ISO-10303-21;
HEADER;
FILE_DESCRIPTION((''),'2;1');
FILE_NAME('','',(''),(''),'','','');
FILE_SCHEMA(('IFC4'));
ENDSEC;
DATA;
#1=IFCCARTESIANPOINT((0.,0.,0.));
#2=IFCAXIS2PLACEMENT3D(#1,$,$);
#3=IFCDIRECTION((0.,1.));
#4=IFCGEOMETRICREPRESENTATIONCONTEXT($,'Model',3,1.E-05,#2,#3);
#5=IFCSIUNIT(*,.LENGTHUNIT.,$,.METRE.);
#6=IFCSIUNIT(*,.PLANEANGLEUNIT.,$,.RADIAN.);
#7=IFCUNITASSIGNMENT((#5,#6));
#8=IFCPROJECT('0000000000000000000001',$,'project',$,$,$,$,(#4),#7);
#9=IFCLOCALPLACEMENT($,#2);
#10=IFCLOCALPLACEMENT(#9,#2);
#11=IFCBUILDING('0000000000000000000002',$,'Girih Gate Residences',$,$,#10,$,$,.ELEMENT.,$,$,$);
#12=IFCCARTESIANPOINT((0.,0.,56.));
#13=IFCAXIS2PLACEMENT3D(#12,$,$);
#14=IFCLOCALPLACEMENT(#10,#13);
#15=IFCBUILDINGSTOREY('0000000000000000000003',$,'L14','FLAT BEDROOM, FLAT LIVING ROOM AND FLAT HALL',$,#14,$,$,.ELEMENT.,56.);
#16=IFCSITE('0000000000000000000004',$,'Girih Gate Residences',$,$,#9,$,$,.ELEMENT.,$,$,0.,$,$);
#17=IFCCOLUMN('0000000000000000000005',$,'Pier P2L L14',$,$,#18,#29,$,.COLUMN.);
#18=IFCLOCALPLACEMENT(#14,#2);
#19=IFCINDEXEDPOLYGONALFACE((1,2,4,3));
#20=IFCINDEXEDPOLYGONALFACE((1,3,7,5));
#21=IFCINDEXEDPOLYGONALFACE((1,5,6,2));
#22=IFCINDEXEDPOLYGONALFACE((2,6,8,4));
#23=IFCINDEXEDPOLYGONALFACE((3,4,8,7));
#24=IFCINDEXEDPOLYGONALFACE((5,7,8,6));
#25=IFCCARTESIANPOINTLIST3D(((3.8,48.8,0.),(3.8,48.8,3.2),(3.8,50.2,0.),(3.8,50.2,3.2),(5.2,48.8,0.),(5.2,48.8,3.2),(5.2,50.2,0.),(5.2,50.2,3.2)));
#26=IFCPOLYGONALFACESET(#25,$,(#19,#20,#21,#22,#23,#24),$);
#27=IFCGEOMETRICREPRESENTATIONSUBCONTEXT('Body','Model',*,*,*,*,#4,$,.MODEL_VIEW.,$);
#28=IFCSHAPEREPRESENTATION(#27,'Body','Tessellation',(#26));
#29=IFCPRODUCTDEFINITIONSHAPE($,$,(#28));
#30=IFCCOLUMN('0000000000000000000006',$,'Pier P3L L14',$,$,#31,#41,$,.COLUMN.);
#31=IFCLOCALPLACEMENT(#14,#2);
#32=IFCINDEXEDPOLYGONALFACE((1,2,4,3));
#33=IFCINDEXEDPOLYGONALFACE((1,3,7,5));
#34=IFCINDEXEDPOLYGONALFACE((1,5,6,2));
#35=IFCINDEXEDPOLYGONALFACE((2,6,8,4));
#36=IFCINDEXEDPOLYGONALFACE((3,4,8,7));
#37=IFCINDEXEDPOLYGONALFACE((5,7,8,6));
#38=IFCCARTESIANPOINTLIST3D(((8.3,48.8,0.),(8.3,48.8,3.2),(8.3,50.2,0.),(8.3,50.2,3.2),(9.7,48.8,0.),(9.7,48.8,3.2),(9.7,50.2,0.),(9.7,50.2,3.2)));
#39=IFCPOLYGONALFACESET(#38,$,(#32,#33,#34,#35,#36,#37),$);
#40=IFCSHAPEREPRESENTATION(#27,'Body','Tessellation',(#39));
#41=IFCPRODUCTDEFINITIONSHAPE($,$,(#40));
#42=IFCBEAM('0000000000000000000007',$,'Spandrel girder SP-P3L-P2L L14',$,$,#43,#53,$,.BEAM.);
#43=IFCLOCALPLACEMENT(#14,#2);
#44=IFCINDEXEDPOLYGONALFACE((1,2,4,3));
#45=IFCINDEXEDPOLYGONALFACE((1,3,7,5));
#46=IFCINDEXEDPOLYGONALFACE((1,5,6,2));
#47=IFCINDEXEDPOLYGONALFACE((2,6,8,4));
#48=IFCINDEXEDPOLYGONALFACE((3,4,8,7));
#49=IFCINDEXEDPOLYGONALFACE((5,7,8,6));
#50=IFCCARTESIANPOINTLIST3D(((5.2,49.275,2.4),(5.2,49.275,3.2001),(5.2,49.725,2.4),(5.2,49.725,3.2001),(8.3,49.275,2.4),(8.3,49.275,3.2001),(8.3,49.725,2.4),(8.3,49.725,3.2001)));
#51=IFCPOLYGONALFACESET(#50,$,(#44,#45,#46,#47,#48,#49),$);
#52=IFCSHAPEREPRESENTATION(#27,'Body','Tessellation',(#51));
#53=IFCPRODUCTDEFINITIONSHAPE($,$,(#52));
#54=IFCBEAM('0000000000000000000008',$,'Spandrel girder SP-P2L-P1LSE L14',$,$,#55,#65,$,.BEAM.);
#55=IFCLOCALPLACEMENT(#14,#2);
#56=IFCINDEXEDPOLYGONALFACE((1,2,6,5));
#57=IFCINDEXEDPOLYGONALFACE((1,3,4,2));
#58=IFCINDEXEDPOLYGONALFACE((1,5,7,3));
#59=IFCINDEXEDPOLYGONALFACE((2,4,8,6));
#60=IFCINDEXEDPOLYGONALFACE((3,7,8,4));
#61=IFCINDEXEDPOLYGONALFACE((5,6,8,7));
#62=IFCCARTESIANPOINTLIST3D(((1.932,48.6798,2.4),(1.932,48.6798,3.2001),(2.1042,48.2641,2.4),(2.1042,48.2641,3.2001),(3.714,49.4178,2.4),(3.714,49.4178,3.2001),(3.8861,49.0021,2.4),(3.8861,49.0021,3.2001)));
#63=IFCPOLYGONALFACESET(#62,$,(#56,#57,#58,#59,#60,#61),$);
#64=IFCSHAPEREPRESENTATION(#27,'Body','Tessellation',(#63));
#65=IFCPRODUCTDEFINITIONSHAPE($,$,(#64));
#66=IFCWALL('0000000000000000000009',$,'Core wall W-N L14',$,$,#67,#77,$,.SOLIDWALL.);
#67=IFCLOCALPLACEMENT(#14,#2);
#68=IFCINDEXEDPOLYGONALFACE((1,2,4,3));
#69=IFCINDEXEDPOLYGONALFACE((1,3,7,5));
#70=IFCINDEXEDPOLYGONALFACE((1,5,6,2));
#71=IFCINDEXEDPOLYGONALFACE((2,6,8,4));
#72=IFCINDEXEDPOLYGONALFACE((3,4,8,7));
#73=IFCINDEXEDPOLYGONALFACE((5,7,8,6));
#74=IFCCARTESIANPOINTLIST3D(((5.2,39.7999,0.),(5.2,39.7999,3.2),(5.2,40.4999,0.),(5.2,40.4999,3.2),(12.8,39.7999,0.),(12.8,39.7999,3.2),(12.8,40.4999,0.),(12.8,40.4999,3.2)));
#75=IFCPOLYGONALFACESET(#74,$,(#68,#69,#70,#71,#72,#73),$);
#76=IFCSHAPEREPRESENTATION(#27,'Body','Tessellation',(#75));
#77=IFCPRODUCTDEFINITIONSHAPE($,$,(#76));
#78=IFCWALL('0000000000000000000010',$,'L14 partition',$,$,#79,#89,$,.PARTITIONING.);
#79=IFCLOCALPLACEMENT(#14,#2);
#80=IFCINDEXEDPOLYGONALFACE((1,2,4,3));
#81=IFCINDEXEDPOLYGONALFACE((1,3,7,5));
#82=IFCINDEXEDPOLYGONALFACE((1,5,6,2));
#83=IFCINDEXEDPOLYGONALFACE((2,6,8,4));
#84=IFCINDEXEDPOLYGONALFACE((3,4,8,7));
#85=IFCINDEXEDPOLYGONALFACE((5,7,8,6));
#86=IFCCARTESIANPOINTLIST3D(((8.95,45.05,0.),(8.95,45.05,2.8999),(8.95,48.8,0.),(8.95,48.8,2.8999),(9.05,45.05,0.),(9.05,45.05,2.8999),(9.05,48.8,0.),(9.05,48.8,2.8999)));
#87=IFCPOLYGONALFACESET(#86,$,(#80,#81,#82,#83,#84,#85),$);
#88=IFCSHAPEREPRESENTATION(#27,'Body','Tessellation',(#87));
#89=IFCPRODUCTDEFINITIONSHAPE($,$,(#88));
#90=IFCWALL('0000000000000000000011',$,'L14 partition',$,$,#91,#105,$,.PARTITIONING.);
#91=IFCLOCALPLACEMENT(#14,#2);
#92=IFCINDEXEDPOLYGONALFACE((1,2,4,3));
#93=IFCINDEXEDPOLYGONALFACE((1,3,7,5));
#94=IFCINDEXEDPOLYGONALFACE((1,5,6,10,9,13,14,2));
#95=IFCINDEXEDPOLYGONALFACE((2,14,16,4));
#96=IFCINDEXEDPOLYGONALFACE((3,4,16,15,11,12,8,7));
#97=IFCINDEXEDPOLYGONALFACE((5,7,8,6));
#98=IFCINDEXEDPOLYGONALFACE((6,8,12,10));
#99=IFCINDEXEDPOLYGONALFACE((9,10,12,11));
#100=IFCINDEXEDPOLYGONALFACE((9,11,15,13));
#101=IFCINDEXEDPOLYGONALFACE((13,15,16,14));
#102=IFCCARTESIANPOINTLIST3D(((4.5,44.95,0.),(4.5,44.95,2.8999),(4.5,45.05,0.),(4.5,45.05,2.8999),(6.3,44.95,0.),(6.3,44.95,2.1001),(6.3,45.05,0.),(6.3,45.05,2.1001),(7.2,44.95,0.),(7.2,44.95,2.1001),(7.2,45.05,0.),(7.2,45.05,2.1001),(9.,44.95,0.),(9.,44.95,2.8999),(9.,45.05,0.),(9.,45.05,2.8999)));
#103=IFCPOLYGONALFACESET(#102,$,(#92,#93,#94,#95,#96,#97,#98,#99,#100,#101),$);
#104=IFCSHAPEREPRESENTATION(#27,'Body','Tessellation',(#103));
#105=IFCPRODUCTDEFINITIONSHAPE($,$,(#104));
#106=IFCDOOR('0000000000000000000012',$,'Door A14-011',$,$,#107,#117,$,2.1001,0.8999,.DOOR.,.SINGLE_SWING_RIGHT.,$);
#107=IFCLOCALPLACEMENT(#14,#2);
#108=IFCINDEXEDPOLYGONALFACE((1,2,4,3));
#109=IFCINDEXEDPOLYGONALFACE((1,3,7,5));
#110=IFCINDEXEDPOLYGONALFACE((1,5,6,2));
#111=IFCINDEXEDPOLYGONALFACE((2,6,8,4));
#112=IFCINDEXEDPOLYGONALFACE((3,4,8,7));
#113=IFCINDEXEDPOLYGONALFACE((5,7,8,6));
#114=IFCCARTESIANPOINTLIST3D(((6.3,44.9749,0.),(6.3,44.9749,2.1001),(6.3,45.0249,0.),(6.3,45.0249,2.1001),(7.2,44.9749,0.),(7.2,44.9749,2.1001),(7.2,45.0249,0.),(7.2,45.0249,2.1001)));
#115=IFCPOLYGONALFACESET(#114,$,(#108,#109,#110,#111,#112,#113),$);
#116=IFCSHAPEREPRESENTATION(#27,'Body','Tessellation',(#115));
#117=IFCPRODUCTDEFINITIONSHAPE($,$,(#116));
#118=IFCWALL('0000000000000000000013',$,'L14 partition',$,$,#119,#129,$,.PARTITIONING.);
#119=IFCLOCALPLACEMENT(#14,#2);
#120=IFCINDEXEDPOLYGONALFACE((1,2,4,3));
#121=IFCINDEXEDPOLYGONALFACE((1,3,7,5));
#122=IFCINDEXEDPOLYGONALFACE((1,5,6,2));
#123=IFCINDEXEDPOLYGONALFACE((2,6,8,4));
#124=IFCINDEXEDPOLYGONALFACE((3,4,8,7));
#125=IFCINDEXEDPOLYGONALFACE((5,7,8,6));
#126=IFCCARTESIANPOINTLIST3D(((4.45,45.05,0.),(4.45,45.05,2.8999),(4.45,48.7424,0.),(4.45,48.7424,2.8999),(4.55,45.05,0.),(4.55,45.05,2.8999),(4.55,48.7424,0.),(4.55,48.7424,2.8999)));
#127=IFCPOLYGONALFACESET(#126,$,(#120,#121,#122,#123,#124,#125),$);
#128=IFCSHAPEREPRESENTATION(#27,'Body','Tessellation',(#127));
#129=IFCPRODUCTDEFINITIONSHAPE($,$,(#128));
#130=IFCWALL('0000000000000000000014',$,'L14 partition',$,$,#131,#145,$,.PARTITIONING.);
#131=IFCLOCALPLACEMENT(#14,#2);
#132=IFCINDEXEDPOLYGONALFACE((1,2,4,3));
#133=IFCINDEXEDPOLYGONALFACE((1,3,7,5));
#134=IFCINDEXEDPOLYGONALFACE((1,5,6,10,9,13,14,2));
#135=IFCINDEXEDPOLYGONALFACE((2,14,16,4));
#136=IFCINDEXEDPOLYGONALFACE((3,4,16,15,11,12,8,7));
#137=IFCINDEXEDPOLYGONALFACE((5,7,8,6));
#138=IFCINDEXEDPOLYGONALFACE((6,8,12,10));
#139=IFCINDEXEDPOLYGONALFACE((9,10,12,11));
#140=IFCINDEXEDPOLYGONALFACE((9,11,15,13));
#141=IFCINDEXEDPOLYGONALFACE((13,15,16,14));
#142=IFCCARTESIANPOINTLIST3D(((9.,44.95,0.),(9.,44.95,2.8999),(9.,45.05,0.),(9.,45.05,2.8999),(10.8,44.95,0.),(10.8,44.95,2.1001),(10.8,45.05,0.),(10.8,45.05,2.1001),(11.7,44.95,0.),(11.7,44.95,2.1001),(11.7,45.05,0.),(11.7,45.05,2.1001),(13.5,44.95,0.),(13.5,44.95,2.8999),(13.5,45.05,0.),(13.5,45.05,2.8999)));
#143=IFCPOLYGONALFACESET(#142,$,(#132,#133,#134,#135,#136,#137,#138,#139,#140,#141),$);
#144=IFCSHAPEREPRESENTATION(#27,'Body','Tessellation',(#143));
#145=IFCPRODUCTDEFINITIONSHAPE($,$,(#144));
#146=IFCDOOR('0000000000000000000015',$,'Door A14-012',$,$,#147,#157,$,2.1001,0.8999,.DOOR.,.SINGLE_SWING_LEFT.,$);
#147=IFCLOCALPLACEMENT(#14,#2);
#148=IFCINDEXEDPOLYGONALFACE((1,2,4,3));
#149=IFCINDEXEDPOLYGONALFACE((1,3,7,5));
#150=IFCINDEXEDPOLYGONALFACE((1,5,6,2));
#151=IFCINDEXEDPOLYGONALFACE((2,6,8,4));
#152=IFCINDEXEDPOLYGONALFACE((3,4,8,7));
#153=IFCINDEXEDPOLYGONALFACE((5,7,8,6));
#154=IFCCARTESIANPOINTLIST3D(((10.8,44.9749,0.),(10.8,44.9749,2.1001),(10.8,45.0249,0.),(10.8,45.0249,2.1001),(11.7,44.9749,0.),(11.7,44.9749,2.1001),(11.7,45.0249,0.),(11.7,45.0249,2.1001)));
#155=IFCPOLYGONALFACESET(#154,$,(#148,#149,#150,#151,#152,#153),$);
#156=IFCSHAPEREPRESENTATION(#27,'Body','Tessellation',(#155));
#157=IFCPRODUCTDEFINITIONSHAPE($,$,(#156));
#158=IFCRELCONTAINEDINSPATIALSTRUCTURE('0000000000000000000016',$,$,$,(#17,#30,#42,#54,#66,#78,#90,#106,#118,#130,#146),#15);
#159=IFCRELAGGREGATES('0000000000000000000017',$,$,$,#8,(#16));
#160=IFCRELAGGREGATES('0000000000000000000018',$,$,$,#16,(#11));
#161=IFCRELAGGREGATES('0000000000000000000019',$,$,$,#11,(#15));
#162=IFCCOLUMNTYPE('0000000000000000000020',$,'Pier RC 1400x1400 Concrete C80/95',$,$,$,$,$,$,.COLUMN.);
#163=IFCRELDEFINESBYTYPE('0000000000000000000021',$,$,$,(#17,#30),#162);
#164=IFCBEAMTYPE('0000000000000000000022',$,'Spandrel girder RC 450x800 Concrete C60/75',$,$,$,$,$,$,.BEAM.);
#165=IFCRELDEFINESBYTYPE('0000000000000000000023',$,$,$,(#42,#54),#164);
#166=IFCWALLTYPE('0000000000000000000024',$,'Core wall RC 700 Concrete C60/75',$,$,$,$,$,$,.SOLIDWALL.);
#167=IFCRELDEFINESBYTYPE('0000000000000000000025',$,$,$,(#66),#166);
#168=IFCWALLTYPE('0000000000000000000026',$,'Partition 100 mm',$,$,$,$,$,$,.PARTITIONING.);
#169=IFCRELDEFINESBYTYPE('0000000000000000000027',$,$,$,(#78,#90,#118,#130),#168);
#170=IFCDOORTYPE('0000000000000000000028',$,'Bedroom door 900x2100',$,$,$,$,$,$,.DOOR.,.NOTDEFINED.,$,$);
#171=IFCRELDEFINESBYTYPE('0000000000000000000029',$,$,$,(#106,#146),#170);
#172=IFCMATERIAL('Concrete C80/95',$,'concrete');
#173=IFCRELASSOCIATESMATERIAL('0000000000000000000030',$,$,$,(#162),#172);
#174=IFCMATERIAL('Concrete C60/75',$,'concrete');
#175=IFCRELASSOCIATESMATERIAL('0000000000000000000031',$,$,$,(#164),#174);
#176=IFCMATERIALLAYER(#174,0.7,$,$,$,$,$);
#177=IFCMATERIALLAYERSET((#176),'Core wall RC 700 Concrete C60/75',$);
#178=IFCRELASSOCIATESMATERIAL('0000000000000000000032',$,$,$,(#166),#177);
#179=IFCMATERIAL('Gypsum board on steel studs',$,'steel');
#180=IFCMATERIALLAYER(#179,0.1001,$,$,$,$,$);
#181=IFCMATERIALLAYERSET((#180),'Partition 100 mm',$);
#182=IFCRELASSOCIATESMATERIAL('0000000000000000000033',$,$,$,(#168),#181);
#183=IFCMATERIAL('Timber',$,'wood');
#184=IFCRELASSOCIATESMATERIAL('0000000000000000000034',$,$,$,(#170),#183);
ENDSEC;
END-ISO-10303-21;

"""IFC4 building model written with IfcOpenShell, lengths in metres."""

from ifc_helpers import new_model, si_unit, direction, frame, frame_2d, origin, origin_2d, place, context, subcontext, project, spatial, rectangle, extrude, material, layer, layer_set, material_profile, profile_set, type_object, element, fill, save


model = new_model("IFC4")

# Units and contexts
model_context = context("Model", 3, precision=1e-05, world=origin(), true_north=direction((0.0, 1.0)))
body_context = subcontext(model_context, "Body", "Model", "MODEL_VIEW")
ifc_project = project(units=[si_unit("LENGTHUNIT", "METRE"), si_unit("PLANEANGLEUNIT", "RADIAN")], contexts=[model_context])

# Site, building, storey
site_placement = place(None, origin())
site = spatial("IfcSite", under=ifc_project, at=site_placement, Name="Girih Gate Residences", CompositionType="ELEMENT", RefElevation=0.0)
building_placement = place(site_placement, origin())
building = spatial("IfcBuilding", under=site, at=building_placement, Name="Girih Gate Residences", CompositionType="ELEMENT")
storey_placement = place(building_placement, frame((0.0, 0.0, 56.0)))
storey = spatial("IfcBuildingStorey", under=building, at=storey_placement, Name="L14", Description="FLAT BEDROOM, FLAT LIVING ROOM AND FLAT HALL", CompositionType="ELEMENT", Elevation=56.0)

# Columns
ifc_material_1 = material(Name="Concrete C80/95", Category="concrete")
ifc_material_profile_1 = material_profile(ifc_material_1, rectangle(XDim=1.3999, YDim=1.3999, at=origin_2d()))
ifc_profile_set_1 = profile_set([ifc_material_profile_1], Name="Concrete C80/95")
column_type = type_object("IfcColumnType", Name="Pier RC 1400x1400 Concrete C80/95", PredefinedType="COLUMN", material=ifc_profile_set_1)
for number, where, z_axis, x_axis, name in (
    (1, (4.5, 49.5, 0.0), (0.0, 0.0, 1.0), (1.0, 0.0, 0.0), "Pier P2L L14"),
    (2, (9.0, 49.5, 0.0), (0.0, 0.0, 1.0), (1.0, 0.0, 0.0), "Pier P3L L14"),
):
    element("IfcColumn", number, at=place(storey_placement, frame(where, z_axis=z_axis, x_axis=x_axis)), inside=storey, type_object=column_type, Name=name, PredefinedType="COLUMN", context=body_context, shape_type="SweptSolid", body=[
        extrude(rectangle(XDim=1.3999, YDim=1.3999, at=origin_2d()), origin(), (0.0, 0.0, 1.0), 3.2),
    ])

# Beams
ifc_material_2 = material(Name="Concrete C60/75", Category="concrete")
ifc_material_profile_2 = material_profile(ifc_material_2, rectangle(XDim=0.45, YDim=0.8, at=origin_2d()))
ifc_profile_set_2 = profile_set([ifc_material_profile_2], Name="Concrete C60/75")
beam_type = type_object("IfcBeamType", Name="Spandrel girder RC 450x800 Concrete C60/75", PredefinedType="BEAM", material=ifc_profile_set_2)
beam_1_placement = place(storey_placement, frame((8.3, 49.5, 2.8), z_axis=(-1.0, 0.0, 0.0), x_axis=(0.0, -1.0, 0.0)))
element("IfcBeam", 3, at=beam_1_placement, inside=storey, type_object=beam_type, Name="Spandrel girder SP-P3L-P2L L14", PredefinedType="BEAM", context=body_context, shape_type="SweptSolid", body=[
    extrude(rectangle(XDim=0.45, YDim=0.8, at=origin_2d()), origin(), (0.0, 0.0, 1.0), 3.1001),
])
beam_2_placement = place(storey_placement, frame((3.8, 49.21, 2.8), z_axis=(-0.923895, -0.382646, 0.0), x_axis=(0.382646, -0.923895, 0.0)))
element("IfcBeam", 4, at=beam_2_placement, inside=storey, type_object=beam_type, Name="Spandrel girder SP-P2L-P1LSE L14", PredefinedType="BEAM", context=body_context, shape_type="SweptSolid", body=[
    extrude(rectangle(XDim=0.45, YDim=0.8, at=origin_2d()), origin(), (0.0, 0.0, 1.0), 1.9287),
])

# Walls
ifc_layer_1 = layer(ifc_material_2, 0.7)
ifc_layer_set_1 = layer_set([ifc_layer_1], Name="Core wall RC 700 Concrete C60/75")
wall_type_1 = type_object("IfcWallType", Name="Core wall RC 700 Concrete C60/75", PredefinedType="SOLIDWALL", material=ifc_layer_set_1)
wall_1_placement = place(storey_placement, frame((5.2, 40.1499, 0.0), z_axis=(0.0, 0.0, 1.0), x_axis=(1.0, 0.0, 0.0)))
element("IfcWall", 5, at=wall_1_placement, inside=storey, type_object=wall_type_1, Name="Core wall W-N L14", PredefinedType="SOLIDWALL", context=body_context, shape_type="SweptSolid", body=[
    extrude(rectangle(XDim=7.6001, YDim=0.7, at=frame_2d((3.8, 0.0))), origin(), (0.0, 0.0, 1.0), 3.2),
])
ifc_material_3 = material(Name="Gypsum board on steel studs", Category="steel")
ifc_layer_2 = layer(ifc_material_3, 0.1001)
ifc_layer_set_2 = layer_set([ifc_layer_2], Name="Partition 100 mm")
wall_type_2 = type_object("IfcWallType", Name="Partition 100 mm", PredefinedType="PARTITIONING", material=ifc_layer_set_2)
wall_2_placement = place(storey_placement, frame((9.0, 45.05, 0.0), z_axis=(0.0, 0.0, 1.0), x_axis=(0.0, 1.0, 0.0)))
element("IfcWall", 6, at=wall_2_placement, inside=storey, type_object=wall_type_2, Name="L14 partition", PredefinedType="PARTITIONING", context=body_context, shape_type="SweptSolid", body=[
    extrude(rectangle(XDim=3.75, YDim=0.1001, at=frame_2d((1.875, 0.0))), origin(), (0.0, 0.0, 1.0), 2.8999),
])

# Wall, opening, door
wall_3_placement = place(storey_placement, frame((4.5, 45.0, 0.0), z_axis=(0.0, 0.0, 1.0), x_axis=(1.0, 0.0, 0.0)))
wall_3 = element("IfcWall", 7, at=wall_3_placement, inside=storey, type_object=wall_type_2, Name="L14 partition", PredefinedType="PARTITIONING", context=body_context, shape_type="SweptSolid", body=[
    extrude(rectangle(XDim=4.5, YDim=0.1001, at=frame_2d((2.25, 0.0))), origin(), (0.0, 0.0, 1.0), 2.8999),
])
opening_1_placement = place(wall_3_placement, frame((1.8, 0.0, 0.0)))
opening_1 = element("IfcOpeningElement", 8, at=opening_1_placement, cuts=wall_3, PredefinedType="OPENING", context=body_context, shape_type="SweptSolid", body=[
    extrude(rectangle(XDim=0.8999, YDim=2.1001, at=frame_2d((0.45, 1.05))), frame((0.0, 0.0601, 0.0), z_axis=(0.0, -1.0, 0.0), x_axis=(1.0, 0.0, 0.0)), (0.0, 0.0, 1.0), 0.1201),
])
ifc_material_4 = material(Name="Timber", Category="wood")
door_type = type_object("IfcDoorType", Name="Bedroom door 900x2100", OperationType="NOTDEFINED", PredefinedType="DOOR", material=ifc_material_4)
door_1_placement = place(opening_1_placement, origin())
door_1 = element("IfcDoor", 9, at=door_1_placement, inside=storey, type_object=door_type, Name="Door A14-011", OperationType="SINGLE_SWING_RIGHT", OverallHeight=2.1001, OverallWidth=0.8999, PredefinedType="DOOR", context=body_context, shape_type="SweptSolid", body=[
    extrude(rectangle(XDim=0.8999, YDim=2.1001, at=frame_2d((0.45, 1.05))), frame((0.0, 0.0249, 0.0), z_axis=(0.0, -1.0, 0.0), x_axis=(1.0, 0.0, 0.0)), (0.0, 0.0, 1.0), 0.05),
])
fill(opening_1, door_1)

# Wall
wall_4_placement = place(storey_placement, frame((4.5, 45.05, 0.0), z_axis=(0.0, 0.0, 1.0), x_axis=(0.0, 1.0, 0.0)))
element("IfcWall", 10, at=wall_4_placement, inside=storey, type_object=wall_type_2, Name="L14 partition", PredefinedType="PARTITIONING", context=body_context, shape_type="SweptSolid", body=[
    extrude(rectangle(XDim=3.6924, YDim=0.1001, at=frame_2d((1.8462, 0.0))), origin(), (0.0, 0.0, 1.0), 2.8999),
])

# Wall, opening, door
wall_5_placement = place(storey_placement, frame((9.0, 45.0, 0.0), z_axis=(0.0, 0.0, 1.0), x_axis=(1.0, 0.0, 0.0)))
wall_5 = element("IfcWall", 11, at=wall_5_placement, inside=storey, type_object=wall_type_2, Name="L14 partition", PredefinedType="PARTITIONING", context=body_context, shape_type="SweptSolid", body=[
    extrude(rectangle(XDim=4.5, YDim=0.1001, at=frame_2d((2.25, 0.0))), origin(), (0.0, 0.0, 1.0), 2.8999),
])
opening_2_placement = place(wall_5_placement, frame((1.8, 0.0, 0.0)))
opening_2 = element("IfcOpeningElement", 12, at=opening_2_placement, cuts=wall_5, PredefinedType="OPENING", context=body_context, shape_type="SweptSolid", body=[
    extrude(rectangle(XDim=0.8999, YDim=2.1001, at=frame_2d((0.45, 1.05))), frame((0.0, 0.0601, 0.0), z_axis=(0.0, -1.0, 0.0), x_axis=(1.0, 0.0, 0.0)), (0.0, 0.0, 1.0), 0.1201),
])
door_2_placement = place(opening_2_placement, origin())
door_2 = element("IfcDoor", 13, at=door_2_placement, inside=storey, type_object=door_type, Name="Door A14-012", OperationType="SINGLE_SWING_LEFT", OverallHeight=2.1001, OverallWidth=0.8999, PredefinedType="DOOR", context=body_context, shape_type="SweptSolid", body=[
    extrude(rectangle(XDim=0.8999, YDim=2.1001, at=frame_2d((0.45, 1.05))), frame((0.0, 0.0249, 0.0), z_axis=(0.0, -1.0, 0.0), x_axis=(1.0, 0.0, 0.0)), (0.0, 0.0, 1.0), 0.05),
])
fill(opening_2, door_2)

save(model, "model.ifc")
